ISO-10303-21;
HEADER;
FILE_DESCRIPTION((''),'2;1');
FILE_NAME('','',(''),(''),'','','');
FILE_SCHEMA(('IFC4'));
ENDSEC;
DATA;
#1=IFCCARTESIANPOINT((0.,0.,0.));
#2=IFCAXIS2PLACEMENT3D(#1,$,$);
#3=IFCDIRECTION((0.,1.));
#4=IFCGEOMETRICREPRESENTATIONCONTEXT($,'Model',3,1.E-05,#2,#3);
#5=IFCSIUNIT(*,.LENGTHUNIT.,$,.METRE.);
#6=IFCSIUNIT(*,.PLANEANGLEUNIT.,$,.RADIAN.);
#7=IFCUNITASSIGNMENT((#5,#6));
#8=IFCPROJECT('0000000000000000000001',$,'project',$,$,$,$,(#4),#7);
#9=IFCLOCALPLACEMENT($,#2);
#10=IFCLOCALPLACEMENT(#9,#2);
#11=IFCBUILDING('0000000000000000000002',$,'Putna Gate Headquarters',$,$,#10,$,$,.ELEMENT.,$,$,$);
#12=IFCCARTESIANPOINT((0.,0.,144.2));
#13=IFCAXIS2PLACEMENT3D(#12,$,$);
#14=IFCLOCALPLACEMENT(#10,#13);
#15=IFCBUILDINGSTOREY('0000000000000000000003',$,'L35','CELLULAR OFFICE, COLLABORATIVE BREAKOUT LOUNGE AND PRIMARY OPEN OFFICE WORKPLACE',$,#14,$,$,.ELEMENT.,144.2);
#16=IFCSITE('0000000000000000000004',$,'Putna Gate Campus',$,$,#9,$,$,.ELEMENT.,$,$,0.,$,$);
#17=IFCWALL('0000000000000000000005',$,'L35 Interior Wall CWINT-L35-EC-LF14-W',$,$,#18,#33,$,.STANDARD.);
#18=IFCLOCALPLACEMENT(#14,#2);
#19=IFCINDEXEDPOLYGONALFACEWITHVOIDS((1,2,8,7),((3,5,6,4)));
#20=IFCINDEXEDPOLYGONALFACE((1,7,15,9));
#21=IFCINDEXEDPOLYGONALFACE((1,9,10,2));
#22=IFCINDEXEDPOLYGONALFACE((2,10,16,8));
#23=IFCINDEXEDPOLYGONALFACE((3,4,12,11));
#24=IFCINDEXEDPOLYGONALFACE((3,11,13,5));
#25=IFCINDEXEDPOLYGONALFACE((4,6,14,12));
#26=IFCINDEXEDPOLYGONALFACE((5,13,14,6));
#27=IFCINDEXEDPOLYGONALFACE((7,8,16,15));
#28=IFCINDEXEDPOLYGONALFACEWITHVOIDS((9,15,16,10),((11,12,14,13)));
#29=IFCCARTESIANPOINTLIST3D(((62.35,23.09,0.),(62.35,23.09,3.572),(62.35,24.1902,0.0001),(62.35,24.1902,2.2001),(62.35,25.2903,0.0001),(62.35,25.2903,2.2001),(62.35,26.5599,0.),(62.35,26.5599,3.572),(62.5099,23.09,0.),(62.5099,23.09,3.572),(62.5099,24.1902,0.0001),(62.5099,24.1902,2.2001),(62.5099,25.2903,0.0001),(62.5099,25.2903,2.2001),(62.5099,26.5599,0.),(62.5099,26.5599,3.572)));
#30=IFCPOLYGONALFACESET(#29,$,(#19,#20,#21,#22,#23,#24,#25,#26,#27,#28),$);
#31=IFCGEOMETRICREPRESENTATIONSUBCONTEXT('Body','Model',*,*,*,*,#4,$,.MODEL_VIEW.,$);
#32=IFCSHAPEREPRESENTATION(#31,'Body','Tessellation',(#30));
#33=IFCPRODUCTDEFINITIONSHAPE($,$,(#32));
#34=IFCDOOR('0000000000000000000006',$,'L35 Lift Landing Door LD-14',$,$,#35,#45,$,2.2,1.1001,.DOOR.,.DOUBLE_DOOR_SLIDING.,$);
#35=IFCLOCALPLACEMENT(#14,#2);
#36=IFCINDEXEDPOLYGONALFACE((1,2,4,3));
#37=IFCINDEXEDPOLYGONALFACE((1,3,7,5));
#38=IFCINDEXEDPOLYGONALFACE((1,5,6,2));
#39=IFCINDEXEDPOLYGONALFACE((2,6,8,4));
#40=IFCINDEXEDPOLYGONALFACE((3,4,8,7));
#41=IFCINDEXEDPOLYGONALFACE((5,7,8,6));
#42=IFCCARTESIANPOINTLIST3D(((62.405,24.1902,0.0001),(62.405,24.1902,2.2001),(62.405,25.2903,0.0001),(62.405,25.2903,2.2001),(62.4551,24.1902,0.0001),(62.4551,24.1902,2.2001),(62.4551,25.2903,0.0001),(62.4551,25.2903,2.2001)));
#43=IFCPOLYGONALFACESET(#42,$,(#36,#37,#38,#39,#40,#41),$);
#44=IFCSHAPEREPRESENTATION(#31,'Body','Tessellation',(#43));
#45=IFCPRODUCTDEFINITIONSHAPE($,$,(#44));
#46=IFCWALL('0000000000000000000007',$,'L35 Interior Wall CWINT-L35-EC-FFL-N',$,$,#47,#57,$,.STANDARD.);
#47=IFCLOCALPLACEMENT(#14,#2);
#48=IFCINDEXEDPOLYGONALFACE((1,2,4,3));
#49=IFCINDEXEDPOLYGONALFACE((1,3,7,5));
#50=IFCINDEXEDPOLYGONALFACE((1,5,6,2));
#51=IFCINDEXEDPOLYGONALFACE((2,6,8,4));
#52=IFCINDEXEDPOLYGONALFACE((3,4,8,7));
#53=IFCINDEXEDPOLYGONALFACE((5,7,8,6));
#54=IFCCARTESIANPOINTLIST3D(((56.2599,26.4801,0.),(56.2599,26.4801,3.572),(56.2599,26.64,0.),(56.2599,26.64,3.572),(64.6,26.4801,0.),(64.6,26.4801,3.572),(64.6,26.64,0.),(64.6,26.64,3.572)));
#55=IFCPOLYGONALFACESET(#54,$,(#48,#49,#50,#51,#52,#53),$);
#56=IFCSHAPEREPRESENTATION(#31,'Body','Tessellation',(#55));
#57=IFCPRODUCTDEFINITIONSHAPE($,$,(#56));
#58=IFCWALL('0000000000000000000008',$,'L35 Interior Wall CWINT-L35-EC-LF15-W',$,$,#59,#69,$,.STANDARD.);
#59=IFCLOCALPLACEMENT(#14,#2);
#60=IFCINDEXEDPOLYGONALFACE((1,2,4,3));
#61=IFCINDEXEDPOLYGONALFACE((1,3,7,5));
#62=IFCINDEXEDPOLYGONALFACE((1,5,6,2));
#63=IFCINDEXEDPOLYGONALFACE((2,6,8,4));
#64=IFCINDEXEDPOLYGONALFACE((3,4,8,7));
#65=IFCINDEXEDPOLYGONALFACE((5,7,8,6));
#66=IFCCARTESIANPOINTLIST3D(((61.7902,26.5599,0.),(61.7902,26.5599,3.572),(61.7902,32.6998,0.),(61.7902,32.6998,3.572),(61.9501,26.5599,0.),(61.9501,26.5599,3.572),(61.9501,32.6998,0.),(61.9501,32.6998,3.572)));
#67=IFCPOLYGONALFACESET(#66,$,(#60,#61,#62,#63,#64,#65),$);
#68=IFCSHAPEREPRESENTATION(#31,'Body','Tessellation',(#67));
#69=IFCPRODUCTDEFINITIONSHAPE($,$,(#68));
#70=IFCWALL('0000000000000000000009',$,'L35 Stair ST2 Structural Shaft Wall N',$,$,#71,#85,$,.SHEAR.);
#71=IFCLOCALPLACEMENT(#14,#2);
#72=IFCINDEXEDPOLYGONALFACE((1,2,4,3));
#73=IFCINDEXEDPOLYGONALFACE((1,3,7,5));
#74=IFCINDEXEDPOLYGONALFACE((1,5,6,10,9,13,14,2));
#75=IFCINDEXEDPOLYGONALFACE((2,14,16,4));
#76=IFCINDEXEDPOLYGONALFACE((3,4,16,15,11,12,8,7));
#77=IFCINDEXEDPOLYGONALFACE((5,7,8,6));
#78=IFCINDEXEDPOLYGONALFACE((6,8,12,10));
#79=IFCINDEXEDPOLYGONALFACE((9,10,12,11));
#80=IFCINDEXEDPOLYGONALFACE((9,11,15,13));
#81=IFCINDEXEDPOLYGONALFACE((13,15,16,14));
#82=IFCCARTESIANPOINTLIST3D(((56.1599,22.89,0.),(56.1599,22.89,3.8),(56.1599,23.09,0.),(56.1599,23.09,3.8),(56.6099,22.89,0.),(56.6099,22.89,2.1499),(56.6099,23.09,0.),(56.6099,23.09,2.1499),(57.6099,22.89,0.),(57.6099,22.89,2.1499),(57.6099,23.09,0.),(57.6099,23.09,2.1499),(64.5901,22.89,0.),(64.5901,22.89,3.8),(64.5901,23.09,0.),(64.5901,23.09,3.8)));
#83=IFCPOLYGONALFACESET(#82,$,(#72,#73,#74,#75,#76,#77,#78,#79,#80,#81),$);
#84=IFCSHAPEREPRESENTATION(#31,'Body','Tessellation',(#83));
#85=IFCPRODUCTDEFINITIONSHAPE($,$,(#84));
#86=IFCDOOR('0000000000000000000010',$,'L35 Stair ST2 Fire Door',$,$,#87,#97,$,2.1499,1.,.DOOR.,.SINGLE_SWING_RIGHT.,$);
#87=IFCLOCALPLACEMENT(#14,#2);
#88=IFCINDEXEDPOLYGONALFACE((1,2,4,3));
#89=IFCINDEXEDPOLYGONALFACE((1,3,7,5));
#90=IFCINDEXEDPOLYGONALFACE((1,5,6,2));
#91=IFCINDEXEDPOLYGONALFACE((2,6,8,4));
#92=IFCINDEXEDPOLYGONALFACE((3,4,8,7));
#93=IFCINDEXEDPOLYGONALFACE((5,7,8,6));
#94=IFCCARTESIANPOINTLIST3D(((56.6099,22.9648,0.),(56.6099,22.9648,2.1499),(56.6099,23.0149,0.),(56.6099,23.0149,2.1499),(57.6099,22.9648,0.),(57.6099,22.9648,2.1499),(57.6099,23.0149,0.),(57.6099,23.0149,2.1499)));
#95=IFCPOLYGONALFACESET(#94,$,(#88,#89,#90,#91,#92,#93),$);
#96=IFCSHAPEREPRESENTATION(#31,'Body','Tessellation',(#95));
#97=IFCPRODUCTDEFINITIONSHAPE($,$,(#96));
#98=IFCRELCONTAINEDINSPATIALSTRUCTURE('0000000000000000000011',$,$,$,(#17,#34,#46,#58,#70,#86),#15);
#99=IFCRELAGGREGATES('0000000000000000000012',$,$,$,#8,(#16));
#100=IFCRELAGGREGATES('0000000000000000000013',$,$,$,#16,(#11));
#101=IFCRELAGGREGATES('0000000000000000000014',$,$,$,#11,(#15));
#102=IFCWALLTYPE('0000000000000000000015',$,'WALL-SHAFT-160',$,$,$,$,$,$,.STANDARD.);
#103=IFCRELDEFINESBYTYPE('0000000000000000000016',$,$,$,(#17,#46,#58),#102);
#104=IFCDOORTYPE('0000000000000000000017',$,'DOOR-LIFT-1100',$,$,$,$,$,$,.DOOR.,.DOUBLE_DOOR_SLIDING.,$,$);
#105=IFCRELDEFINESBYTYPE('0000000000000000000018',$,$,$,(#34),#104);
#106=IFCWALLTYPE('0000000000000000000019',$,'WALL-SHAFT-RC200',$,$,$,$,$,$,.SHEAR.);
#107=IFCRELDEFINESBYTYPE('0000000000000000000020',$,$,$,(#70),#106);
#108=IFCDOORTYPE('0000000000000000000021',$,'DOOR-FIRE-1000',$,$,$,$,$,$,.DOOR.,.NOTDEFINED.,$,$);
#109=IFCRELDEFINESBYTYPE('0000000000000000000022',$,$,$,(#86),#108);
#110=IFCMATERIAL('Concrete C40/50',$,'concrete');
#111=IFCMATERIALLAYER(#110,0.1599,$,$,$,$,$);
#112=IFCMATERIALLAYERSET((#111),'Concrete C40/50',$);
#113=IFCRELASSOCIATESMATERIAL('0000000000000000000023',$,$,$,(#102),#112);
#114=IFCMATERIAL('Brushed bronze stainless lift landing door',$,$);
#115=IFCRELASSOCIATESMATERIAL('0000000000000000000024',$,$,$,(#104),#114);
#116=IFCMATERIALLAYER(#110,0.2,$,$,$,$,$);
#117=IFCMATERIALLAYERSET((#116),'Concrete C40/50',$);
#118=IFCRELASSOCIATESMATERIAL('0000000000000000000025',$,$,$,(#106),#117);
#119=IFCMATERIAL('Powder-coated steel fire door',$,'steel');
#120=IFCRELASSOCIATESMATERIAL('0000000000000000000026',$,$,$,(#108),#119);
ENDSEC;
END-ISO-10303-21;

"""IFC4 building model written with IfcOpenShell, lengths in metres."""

from ifc_helpers import new_model, si_unit, direction, frame, frame_2d, origin, place, context, subcontext, project, spatial, rectangle, extrude, material, layer, layer_set, type_object, element, fill, save


model = new_model("IFC4")

# Units and contexts
model_context = context("Model", 3, precision=1e-05, world=origin(), true_north=direction((0.0, 1.0)))
body_context = subcontext(model_context, "Body", "Model", "MODEL_VIEW")
ifc_project = project(units=[si_unit("LENGTHUNIT", "METRE"), si_unit("PLANEANGLEUNIT", "RADIAN")], contexts=[model_context])

# Site, building, storey
site_placement = place(None, origin())
site = spatial("IfcSite", under=ifc_project, at=site_placement, Name="Putna Gate Campus", CompositionType="ELEMENT", RefElevation=0.0)
building_placement = place(site_placement, origin())
building = spatial("IfcBuilding", under=site, at=building_placement, Name="Putna Gate Headquarters", CompositionType="ELEMENT")
storey_placement = place(building_placement, frame((0.0, 0.0, 144.2)))
storey = spatial("IfcBuildingStorey", under=building, at=storey_placement, Name="L35", Description="CELLULAR OFFICE, COLLABORATIVE BREAKOUT LOUNGE AND PRIMARY OPEN OFFICE WORKPLACE", CompositionType="ELEMENT", Elevation=144.2)

# Wall, opening, door
ifc_material_1 = material(Name="Concrete C40/50", Category="concrete")
ifc_layer_1 = layer(ifc_material_1, 0.1599)
ifc_layer_set_1 = layer_set([ifc_layer_1], Name="Concrete C40/50")
wall_type_1 = type_object("IfcWallType", Name="WALL-SHAFT-160", PredefinedType="STANDARD", material=ifc_layer_set_1)
wall_1_placement = place(storey_placement, frame((62.4299, 23.0901, 0.0), z_axis=(0.0, 0.0, 1.0), x_axis=(0.0, 1.0, 0.0)))
wall_1 = element("IfcWall", 1, at=wall_1_placement, inside=storey, type_object=wall_type_1, Name="L35 Interior Wall CWINT-L35-EC-LF14-W", PredefinedType="STANDARD", context=body_context, shape_type="SweptSolid", body=[
    extrude(rectangle(XDim=3.47, YDim=0.1599, at=frame_2d((1.7349, 0.0))), origin(), (0.0, 0.0, 1.0), 3.572),
])
opening_1_placement = place(wall_1_placement, frame((1.1001, 0.0, 0.0)))
opening_1 = element("IfcOpeningElement", 2, at=opening_1_placement, cuts=wall_1, PredefinedType="OPENING", context=body_context, shape_type="SweptSolid", body=[
    extrude(rectangle(XDim=1.1001, YDim=2.2, at=frame_2d((0.55, 1.1001))), frame((0.0, 0.0898, 0.0), z_axis=(0.0, -1.0, 0.0), x_axis=(1.0, 0.0, 0.0)), (0.0, 0.0, 1.0), 0.1799),
])
ifc_material_2 = material(Name="Brushed bronze stainless lift landing door")
door_type_1 = type_object("IfcDoorType", Name="DOOR-LIFT-1100", OperationType="DOUBLE_DOOR_SLIDING", PredefinedType="DOOR", material=ifc_material_2)
door_1_placement = place(opening_1_placement, origin())
door_1 = element("IfcDoor", 3, at=door_1_placement, inside=storey, type_object=door_type_1, Name="L35 Lift Landing Door LD-14", OperationType="DOUBLE_DOOR_SLIDING", OverallHeight=2.2, OverallWidth=1.1001, PredefinedType="DOOR", context=body_context, shape_type="SweptSolid", body=[
    extrude(rectangle(XDim=1.1001, YDim=2.2, at=frame_2d((0.55, 1.1001))), frame((0.0, 0.0249, 0.0), z_axis=(0.0, -1.0, 0.0), x_axis=(1.0, 0.0, 0.0)), (0.0, 0.0, 1.0), 0.05),
])
fill(opening_1, door_1)

# Walls
wall_2_placement = place(storey_placement, frame((56.26, 26.5601, 0.0), z_axis=(0.0, 0.0, 1.0), x_axis=(1.0, 0.0, 0.0)))
element("IfcWall", 4, at=wall_2_placement, inside=storey, type_object=wall_type_1, Name="L35 Interior Wall CWINT-L35-EC-FFL-N", PredefinedType="STANDARD", context=body_context, shape_type="SweptSolid", body=[
    extrude(rectangle(XDim=8.3401, YDim=0.1599, at=frame_2d((4.1699, 0.0))), origin(), (0.0, 0.0, 1.0), 3.572),
])
wall_3_placement = place(storey_placement, frame((61.8701, 26.5601, 0.0), z_axis=(0.0, 0.0, 1.0), x_axis=(0.0, 1.0, 0.0)))
element("IfcWall", 5, at=wall_3_placement, inside=storey, type_object=wall_type_1, Name="L35 Interior Wall CWINT-L35-EC-LF15-W", PredefinedType="STANDARD", context=body_context, shape_type="SweptSolid", body=[
    extrude(rectangle(XDim=6.1399, YDim=0.1599, at=frame_2d((3.0698, 0.0))), origin(), (0.0, 0.0, 1.0), 3.572),
])

# Wall, opening, door
ifc_layer_2 = layer(ifc_material_1, 0.2)
ifc_layer_set_2 = layer_set([ifc_layer_2], Name="Concrete C40/50")
wall_type_2 = type_object("IfcWallType", Name="WALL-SHAFT-RC200", PredefinedType="SHEAR", material=ifc_layer_set_2)
wall_4_placement = place(storey_placement, frame((56.1599, 22.99, 0.0), z_axis=(0.0, 0.0, 1.0), x_axis=(1.0, 0.0, 0.0)))
wall_4 = element("IfcWall", 6, at=wall_4_placement, inside=storey, type_object=wall_type_2, Name="L35 Stair ST2 Structural Shaft Wall N", PredefinedType="SHEAR", context=body_context, shape_type="SweptSolid", body=[
    extrude(rectangle(XDim=8.4302, YDim=0.2, at=frame_2d((4.2151, 0.0))), origin(), (0.0, 0.0, 1.0), 3.8),
])
opening_2_placement = place(wall_4_placement, frame((0.45, 0.0, 0.0)))
opening_2 = element("IfcOpeningElement", 7, at=opening_2_placement, cuts=wall_4, PredefinedType="OPENING", context=body_context, shape_type="SweptSolid", body=[
    extrude(rectangle(XDim=1.0, YDim=2.1499, at=frame_2d((0.5, 1.075))), frame((0.0, 0.1099, 0.0), z_axis=(0.0, -1.0, 0.0), x_axis=(1.0, 0.0, 0.0)), (0.0, 0.0, 1.0), 0.22),
])
ifc_material_3 = material(Name="Powder-coated steel fire door", Category="steel")
door_type_2 = type_object("IfcDoorType", Name="DOOR-FIRE-1000", OperationType="NOTDEFINED", PredefinedType="DOOR", material=ifc_material_3)
door_2_placement = place(opening_2_placement, origin())
door_2 = element("IfcDoor", 8, at=door_2_placement, inside=storey, type_object=door_type_2, Name="L35 Stair ST2 Fire Door", OperationType="SINGLE_SWING_RIGHT", OverallHeight=2.1499, OverallWidth=1.0, PredefinedType="DOOR", context=body_context, shape_type="SweptSolid", body=[
    extrude(rectangle(XDim=1.0, YDim=2.1499, at=frame_2d((0.5, 1.075))), frame((0.0, 0.0249, 0.0), z_axis=(0.0, -1.0, 0.0), x_axis=(1.0, 0.0, 0.0)), (0.0, 0.0, 1.0), 0.05),
])
fill(opening_2, door_2)

save(model, "model.ifc")
